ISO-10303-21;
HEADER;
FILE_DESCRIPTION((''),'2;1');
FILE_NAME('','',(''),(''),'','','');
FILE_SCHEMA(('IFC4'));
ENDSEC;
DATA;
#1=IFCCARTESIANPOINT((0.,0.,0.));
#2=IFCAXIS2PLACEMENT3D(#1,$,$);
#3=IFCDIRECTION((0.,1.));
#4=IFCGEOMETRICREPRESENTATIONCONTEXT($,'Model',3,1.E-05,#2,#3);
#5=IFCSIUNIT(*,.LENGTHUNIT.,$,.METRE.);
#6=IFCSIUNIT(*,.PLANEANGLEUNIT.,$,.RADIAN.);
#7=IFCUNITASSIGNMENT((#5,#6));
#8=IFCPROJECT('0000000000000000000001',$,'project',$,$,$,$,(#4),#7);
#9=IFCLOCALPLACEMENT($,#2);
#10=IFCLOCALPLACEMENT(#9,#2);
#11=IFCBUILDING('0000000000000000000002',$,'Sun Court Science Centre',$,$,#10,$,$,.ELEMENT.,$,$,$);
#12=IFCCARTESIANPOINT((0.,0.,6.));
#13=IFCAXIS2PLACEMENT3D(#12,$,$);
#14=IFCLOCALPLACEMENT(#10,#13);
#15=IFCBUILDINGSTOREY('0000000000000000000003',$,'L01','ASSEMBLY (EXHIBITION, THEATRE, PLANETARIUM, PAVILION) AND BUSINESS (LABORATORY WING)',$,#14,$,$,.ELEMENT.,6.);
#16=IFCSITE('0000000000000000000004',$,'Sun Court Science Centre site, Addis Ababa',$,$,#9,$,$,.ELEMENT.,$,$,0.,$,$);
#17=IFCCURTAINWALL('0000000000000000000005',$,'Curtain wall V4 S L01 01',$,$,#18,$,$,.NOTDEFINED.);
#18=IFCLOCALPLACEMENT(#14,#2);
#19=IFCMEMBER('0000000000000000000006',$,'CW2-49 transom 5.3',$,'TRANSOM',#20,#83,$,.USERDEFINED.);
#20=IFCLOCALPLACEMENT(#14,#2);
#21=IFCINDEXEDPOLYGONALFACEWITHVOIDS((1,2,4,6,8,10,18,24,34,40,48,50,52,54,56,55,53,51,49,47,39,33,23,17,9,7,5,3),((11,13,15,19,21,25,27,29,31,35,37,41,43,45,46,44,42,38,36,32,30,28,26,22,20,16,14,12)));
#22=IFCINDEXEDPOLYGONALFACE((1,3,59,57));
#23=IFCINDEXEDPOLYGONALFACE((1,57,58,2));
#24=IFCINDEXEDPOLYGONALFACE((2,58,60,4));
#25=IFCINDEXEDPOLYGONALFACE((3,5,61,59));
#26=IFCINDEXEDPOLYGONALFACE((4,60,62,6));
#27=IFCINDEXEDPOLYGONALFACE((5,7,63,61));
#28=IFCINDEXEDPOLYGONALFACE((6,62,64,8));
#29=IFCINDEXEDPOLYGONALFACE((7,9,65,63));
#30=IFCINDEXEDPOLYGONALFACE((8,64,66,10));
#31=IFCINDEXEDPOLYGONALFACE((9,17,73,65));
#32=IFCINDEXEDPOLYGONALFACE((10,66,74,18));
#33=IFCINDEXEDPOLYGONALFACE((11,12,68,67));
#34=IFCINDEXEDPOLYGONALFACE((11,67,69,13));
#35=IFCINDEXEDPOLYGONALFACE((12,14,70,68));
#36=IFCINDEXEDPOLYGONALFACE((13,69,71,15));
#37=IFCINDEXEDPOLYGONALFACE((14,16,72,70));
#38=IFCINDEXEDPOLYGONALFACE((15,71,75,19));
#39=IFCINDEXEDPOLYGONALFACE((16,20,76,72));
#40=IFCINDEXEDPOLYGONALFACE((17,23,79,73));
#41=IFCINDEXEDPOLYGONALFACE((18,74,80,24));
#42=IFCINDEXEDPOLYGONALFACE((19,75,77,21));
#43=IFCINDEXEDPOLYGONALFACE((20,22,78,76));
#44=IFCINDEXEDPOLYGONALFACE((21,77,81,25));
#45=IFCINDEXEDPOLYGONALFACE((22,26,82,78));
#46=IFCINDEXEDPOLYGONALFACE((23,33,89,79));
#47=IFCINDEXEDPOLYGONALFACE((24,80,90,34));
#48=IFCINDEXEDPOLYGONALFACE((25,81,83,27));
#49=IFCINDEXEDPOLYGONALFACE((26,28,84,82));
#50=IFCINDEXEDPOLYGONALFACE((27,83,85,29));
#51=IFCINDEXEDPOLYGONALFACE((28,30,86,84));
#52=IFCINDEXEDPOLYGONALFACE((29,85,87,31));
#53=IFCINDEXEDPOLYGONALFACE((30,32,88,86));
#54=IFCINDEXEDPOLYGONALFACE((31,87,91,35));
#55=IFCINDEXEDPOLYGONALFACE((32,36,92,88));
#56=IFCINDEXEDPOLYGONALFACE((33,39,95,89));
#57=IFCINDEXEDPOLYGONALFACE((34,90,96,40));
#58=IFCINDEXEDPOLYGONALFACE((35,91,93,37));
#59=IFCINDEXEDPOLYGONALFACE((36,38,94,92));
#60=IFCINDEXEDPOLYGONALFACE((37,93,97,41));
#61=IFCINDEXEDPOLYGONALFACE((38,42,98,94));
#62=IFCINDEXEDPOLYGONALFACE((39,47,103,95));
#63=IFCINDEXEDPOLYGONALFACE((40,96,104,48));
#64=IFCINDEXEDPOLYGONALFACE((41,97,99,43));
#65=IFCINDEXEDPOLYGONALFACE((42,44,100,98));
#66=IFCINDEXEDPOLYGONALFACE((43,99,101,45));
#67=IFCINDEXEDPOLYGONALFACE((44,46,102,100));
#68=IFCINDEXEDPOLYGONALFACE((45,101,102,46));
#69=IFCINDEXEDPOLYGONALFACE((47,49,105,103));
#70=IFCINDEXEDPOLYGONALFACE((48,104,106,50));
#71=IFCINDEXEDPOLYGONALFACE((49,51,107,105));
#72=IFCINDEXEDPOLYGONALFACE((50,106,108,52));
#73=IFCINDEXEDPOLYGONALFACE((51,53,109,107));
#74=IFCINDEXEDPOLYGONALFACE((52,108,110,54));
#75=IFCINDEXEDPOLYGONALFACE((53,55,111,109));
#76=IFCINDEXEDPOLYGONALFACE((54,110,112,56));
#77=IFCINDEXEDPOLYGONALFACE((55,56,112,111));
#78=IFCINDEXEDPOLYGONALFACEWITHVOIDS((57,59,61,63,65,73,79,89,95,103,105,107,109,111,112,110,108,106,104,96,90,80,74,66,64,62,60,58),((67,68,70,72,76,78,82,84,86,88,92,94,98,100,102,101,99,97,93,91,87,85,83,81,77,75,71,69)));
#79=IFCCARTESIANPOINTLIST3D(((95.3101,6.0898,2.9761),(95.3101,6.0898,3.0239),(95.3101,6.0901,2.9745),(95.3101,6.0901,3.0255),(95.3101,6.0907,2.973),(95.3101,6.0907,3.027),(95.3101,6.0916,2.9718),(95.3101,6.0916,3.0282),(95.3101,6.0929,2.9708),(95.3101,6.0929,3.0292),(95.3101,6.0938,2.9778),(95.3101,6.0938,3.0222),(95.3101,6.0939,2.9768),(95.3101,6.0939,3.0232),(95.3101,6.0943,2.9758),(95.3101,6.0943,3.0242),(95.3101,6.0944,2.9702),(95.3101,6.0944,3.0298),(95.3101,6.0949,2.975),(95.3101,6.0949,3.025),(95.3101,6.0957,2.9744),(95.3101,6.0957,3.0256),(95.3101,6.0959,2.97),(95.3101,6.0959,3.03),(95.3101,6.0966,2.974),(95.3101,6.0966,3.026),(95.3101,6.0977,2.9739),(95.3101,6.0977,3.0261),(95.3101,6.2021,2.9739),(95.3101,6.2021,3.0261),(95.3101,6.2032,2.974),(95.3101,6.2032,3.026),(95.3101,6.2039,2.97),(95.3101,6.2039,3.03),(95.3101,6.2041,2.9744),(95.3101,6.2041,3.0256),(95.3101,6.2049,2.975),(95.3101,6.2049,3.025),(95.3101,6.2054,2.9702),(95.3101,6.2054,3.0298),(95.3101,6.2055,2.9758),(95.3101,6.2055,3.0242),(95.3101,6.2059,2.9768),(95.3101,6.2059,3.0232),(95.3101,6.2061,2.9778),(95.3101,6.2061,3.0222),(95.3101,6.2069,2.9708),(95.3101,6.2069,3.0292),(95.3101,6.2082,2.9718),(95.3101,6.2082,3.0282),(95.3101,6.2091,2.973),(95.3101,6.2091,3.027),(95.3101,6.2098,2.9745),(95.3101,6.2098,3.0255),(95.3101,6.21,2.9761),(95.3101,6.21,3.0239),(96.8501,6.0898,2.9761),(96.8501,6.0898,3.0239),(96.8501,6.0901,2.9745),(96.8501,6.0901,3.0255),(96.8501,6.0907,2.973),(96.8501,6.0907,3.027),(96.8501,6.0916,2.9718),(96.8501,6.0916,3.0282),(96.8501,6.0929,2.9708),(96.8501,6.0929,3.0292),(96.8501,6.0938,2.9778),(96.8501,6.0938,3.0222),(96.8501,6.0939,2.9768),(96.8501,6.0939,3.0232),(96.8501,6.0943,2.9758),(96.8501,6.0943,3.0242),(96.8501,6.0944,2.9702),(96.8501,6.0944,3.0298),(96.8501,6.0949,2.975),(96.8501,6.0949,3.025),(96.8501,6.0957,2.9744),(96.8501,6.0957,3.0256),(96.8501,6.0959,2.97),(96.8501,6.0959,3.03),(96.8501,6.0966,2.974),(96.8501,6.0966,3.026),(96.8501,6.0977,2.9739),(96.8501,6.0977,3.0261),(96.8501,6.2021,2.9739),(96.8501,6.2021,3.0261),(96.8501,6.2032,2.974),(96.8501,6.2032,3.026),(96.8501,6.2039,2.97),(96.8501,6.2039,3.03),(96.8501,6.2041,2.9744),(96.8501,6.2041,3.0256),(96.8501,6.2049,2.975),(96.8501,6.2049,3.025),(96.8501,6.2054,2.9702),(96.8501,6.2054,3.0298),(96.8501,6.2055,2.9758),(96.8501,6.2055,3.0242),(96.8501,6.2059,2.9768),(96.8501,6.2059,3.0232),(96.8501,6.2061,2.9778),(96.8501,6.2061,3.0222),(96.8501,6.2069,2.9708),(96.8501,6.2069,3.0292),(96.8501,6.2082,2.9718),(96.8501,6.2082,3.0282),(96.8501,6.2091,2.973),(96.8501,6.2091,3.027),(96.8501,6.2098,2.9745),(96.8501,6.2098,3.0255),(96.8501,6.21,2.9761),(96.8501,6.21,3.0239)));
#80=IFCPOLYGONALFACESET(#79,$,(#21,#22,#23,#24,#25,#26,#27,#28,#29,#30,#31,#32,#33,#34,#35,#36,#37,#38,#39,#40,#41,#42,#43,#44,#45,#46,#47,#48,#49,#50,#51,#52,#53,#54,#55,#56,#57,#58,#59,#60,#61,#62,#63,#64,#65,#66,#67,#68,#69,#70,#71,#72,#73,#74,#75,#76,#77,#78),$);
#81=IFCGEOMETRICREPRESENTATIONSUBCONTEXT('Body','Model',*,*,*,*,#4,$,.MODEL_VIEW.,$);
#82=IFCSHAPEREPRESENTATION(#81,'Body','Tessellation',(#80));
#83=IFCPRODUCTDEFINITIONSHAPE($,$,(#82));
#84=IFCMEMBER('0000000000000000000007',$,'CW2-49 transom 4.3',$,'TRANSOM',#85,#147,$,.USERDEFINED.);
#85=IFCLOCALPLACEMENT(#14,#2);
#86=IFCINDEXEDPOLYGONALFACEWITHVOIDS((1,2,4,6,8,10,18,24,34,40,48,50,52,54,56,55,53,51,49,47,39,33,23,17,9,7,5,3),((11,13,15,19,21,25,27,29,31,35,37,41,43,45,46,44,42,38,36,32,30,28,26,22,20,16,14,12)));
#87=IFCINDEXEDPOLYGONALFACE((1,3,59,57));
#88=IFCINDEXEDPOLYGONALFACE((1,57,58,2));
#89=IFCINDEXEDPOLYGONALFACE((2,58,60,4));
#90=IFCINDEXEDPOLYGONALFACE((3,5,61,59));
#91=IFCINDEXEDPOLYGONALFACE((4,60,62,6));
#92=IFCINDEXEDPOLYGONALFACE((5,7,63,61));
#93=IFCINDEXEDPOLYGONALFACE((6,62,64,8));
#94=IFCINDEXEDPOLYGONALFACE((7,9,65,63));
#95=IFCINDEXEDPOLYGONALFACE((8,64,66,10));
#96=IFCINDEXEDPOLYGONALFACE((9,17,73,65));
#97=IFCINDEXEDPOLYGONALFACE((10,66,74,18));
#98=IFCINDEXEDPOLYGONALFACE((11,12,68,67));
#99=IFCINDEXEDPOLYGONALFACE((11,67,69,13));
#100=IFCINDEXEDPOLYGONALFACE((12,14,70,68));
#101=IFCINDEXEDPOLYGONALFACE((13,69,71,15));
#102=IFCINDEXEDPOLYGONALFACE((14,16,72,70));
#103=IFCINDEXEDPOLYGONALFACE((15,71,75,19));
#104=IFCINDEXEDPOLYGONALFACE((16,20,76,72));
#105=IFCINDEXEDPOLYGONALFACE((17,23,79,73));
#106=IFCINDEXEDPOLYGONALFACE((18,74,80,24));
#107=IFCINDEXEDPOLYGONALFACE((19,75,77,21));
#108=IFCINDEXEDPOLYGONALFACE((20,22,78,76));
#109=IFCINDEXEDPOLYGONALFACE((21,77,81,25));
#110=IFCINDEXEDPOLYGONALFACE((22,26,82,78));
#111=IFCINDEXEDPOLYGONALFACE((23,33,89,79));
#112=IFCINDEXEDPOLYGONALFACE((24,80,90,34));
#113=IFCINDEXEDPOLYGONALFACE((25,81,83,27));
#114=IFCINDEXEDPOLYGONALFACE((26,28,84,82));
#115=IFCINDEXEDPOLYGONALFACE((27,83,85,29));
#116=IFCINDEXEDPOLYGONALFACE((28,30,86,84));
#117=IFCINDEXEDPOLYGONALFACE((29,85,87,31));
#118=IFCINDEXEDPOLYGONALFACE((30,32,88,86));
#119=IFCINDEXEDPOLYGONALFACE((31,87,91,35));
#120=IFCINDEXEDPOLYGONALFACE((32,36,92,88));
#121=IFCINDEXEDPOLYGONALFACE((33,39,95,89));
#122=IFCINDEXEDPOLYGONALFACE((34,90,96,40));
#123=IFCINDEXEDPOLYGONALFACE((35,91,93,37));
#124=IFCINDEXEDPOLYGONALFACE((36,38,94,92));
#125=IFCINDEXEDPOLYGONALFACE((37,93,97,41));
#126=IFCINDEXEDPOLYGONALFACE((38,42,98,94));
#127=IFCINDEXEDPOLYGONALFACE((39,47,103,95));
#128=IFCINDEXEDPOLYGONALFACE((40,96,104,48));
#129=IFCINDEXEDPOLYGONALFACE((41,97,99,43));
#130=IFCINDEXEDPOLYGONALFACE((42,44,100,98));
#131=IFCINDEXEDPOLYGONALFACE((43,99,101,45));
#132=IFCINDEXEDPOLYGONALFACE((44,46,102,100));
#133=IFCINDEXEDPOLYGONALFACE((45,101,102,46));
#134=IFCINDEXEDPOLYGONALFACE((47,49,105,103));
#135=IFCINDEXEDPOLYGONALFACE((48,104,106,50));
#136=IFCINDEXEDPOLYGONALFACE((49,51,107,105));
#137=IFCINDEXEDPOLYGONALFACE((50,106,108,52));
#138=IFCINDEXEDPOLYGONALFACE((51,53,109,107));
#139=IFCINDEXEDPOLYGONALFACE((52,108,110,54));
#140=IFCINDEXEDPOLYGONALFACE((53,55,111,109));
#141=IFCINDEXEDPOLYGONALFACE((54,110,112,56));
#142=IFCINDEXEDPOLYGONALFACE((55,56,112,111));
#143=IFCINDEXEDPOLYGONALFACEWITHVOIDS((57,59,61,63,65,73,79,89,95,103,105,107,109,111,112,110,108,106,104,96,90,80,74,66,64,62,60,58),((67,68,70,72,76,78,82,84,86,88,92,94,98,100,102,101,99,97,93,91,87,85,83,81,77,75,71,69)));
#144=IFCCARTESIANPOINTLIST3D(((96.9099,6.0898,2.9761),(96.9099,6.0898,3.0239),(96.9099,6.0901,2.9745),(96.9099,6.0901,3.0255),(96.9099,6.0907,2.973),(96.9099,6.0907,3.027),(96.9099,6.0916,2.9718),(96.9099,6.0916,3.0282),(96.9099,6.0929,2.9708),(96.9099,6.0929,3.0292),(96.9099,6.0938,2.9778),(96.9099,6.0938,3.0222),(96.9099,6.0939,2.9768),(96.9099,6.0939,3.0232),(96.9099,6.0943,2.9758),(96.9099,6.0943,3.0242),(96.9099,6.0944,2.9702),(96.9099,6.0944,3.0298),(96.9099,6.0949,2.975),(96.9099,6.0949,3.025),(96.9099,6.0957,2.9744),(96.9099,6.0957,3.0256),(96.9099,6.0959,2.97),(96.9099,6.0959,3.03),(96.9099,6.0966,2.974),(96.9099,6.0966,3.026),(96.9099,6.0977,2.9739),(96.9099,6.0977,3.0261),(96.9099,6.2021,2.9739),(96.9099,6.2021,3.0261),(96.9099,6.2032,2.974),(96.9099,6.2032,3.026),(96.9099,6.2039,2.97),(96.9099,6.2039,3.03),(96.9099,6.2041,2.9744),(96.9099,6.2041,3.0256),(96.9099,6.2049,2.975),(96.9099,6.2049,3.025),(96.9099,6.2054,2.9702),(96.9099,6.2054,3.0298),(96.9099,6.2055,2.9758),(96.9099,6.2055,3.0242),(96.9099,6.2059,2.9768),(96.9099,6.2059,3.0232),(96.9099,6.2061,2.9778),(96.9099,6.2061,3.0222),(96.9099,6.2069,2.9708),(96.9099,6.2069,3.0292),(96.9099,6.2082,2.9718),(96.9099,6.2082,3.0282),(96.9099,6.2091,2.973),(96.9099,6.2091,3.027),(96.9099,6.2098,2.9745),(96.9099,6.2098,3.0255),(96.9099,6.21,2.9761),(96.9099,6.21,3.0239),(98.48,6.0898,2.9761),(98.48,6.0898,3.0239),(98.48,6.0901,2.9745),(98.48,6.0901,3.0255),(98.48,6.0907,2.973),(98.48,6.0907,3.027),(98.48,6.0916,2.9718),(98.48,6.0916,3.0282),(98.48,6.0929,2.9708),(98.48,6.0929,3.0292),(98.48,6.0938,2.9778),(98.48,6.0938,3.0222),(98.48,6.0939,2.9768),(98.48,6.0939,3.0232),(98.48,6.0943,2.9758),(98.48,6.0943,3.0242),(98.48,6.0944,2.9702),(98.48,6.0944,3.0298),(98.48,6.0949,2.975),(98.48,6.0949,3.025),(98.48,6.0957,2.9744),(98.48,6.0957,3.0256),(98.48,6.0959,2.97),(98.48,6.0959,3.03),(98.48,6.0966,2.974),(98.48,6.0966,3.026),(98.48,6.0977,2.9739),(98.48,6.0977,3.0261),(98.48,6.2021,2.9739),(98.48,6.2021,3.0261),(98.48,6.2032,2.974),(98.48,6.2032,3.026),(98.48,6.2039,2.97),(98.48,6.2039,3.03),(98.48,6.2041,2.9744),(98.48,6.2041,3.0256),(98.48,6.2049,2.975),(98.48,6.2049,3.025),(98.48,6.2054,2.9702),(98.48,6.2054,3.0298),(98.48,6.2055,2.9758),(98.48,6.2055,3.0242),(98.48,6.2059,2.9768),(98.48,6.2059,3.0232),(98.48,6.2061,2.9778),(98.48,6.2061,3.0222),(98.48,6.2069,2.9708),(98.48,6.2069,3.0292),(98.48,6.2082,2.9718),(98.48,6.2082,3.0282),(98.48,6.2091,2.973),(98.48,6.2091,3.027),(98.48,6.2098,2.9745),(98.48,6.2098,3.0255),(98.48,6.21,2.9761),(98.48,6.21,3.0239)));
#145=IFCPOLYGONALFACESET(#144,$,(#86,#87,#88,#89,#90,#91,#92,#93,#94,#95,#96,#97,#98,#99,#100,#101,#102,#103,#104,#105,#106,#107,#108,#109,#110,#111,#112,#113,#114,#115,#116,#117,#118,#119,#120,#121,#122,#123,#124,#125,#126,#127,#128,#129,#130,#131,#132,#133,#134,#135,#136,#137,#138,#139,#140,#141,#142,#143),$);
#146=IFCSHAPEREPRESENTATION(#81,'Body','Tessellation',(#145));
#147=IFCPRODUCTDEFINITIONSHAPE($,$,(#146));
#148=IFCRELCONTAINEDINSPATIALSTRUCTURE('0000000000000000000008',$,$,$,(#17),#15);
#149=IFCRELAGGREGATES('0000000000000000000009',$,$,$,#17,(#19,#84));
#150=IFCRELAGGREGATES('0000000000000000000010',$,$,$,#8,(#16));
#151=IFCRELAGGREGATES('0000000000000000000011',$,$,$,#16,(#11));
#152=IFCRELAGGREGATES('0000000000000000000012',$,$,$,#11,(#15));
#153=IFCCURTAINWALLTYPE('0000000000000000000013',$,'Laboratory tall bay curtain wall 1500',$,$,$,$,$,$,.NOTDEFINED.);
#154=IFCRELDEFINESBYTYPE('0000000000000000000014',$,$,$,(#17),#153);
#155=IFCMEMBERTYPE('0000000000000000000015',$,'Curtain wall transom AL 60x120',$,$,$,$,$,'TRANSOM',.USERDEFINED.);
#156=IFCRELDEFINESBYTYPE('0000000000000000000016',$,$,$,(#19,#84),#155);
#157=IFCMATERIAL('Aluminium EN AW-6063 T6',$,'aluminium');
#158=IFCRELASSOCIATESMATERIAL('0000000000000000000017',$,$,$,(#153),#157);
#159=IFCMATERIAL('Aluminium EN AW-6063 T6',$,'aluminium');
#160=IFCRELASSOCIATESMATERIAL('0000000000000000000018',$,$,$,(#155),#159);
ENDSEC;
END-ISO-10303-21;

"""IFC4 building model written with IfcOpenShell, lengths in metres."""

from ifc_helpers import new_model, si_unit, direction, frame, origin, origin_2d, place, context, subcontext, project, spatial, hollow_rectangle, extrude, material, material_profile, profile_set, type_object, element, aggregate, save


model = new_model("IFC4")

# Units and contexts
model_context = context("Model", 3, precision=1e-05, world=origin(), true_north=direction((0.0, 1.0)))
body_context = subcontext(model_context, "Body", "Model", "MODEL_VIEW")
ifc_project = project(units=[si_unit("LENGTHUNIT", "METRE"), si_unit("PLANEANGLEUNIT", "RADIAN")], contexts=[model_context])

# Site, building, storey
site_placement = place(None, origin())
site = spatial("IfcSite", under=ifc_project, at=site_placement, Name="Sun Court Science Centre site, Addis Ababa", CompositionType="ELEMENT", RefElevation=0.0)
building_placement = place(site_placement, origin())
building = spatial("IfcBuilding", under=site, at=building_placement, Name="Sun Court Science Centre", CompositionType="ELEMENT")
storey_placement = place(building_placement, frame((0.0, 0.0, 6.0)))
storey = spatial("IfcBuildingStorey", under=building, at=storey_placement, Name="L01", Description="ASSEMBLY (EXHIBITION, THEATRE, PLANETARIUM, PAVILION) AND BUSINESS (LABORATORY WING)", CompositionType="ELEMENT", Elevation=6.0)

# Curtain wall
ifc_material_1 = material(Name="Aluminium EN AW-6063 T6", Category="aluminium")
curtain_wall_type = type_object("IfcCurtainWallType", Name="Laboratory tall bay curtain wall 1500", PredefinedType="NOTDEFINED", material=ifc_material_1)
curtain_wall_1_placement = place(storey_placement, origin())
curtain_wall_1 = element("IfcCurtainWall", 1, at=curtain_wall_1_placement, inside=storey, type_object=curtain_wall_type, Name="Curtain wall V4 S L01 01", PredefinedType="NOTDEFINED")

# Members
ifc_material_2 = material(Name="Aluminium EN AW-6063 T6", Category="aluminium")
ifc_material_profile_1 = material_profile(ifc_material_2, hollow_rectangle(XDim=0.0601, YDim=0.1201, WallThickness=0.0039, InnerFilletRadius=0.0039, OuterFilletRadius=0.0061, at=origin_2d()), Name="AL 60x120x4")
ifc_profile_set_1 = profile_set([ifc_material_profile_1], Name="Aluminium EN AW-6063 T6")
member_type_1 = type_object("IfcMemberType", Name="Curtain wall transom AL 60x120", ElementType="TRANSOM", PredefinedType="USERDEFINED", material=ifc_profile_set_1)
member_1_placement = place(storey_placement, frame((96.8501, 6.1499, 3.0), z_axis=(-1.0, 0.0, 0.0), x_axis=(0.0, 0.0, 1.0)))
member_1 = element("IfcMember", 2, at=member_1_placement, type_object=member_type_1, Name="CW2-49 transom 5.3", ObjectType="TRANSOM", PredefinedType="USERDEFINED", context=body_context, shape_type="SweptSolid", body=[
    extrude(hollow_rectangle(XDim=0.0601, YDim=0.1201, WallThickness=0.0039, InnerFilletRadius=0.0039, OuterFilletRadius=0.0061, at=origin_2d()), origin(), (0.0, 0.0, 1.0), 1.54),
])
member_2_placement = place(storey_placement, frame((98.48, 6.1499, 3.0), z_axis=(-1.0, 0.0, 0.0), x_axis=(0.0, 0.0, 1.0)))
member_2 = element("IfcMember", 3, at=member_2_placement, type_object=member_type_1, Name="CW2-49 transom 4.3", ObjectType="TRANSOM", PredefinedType="USERDEFINED", context=body_context, shape_type="SweptSolid", body=[
    extrude(hollow_rectangle(XDim=0.0601, YDim=0.1201, WallThickness=0.0039, InnerFilletRadius=0.0039, OuterFilletRadius=0.0061, at=origin_2d()), origin(), (0.0, 0.0, 1.0), 1.5701),
])

aggregate(curtain_wall_1, [member_1, member_2])

save(model, "model.ifc")
